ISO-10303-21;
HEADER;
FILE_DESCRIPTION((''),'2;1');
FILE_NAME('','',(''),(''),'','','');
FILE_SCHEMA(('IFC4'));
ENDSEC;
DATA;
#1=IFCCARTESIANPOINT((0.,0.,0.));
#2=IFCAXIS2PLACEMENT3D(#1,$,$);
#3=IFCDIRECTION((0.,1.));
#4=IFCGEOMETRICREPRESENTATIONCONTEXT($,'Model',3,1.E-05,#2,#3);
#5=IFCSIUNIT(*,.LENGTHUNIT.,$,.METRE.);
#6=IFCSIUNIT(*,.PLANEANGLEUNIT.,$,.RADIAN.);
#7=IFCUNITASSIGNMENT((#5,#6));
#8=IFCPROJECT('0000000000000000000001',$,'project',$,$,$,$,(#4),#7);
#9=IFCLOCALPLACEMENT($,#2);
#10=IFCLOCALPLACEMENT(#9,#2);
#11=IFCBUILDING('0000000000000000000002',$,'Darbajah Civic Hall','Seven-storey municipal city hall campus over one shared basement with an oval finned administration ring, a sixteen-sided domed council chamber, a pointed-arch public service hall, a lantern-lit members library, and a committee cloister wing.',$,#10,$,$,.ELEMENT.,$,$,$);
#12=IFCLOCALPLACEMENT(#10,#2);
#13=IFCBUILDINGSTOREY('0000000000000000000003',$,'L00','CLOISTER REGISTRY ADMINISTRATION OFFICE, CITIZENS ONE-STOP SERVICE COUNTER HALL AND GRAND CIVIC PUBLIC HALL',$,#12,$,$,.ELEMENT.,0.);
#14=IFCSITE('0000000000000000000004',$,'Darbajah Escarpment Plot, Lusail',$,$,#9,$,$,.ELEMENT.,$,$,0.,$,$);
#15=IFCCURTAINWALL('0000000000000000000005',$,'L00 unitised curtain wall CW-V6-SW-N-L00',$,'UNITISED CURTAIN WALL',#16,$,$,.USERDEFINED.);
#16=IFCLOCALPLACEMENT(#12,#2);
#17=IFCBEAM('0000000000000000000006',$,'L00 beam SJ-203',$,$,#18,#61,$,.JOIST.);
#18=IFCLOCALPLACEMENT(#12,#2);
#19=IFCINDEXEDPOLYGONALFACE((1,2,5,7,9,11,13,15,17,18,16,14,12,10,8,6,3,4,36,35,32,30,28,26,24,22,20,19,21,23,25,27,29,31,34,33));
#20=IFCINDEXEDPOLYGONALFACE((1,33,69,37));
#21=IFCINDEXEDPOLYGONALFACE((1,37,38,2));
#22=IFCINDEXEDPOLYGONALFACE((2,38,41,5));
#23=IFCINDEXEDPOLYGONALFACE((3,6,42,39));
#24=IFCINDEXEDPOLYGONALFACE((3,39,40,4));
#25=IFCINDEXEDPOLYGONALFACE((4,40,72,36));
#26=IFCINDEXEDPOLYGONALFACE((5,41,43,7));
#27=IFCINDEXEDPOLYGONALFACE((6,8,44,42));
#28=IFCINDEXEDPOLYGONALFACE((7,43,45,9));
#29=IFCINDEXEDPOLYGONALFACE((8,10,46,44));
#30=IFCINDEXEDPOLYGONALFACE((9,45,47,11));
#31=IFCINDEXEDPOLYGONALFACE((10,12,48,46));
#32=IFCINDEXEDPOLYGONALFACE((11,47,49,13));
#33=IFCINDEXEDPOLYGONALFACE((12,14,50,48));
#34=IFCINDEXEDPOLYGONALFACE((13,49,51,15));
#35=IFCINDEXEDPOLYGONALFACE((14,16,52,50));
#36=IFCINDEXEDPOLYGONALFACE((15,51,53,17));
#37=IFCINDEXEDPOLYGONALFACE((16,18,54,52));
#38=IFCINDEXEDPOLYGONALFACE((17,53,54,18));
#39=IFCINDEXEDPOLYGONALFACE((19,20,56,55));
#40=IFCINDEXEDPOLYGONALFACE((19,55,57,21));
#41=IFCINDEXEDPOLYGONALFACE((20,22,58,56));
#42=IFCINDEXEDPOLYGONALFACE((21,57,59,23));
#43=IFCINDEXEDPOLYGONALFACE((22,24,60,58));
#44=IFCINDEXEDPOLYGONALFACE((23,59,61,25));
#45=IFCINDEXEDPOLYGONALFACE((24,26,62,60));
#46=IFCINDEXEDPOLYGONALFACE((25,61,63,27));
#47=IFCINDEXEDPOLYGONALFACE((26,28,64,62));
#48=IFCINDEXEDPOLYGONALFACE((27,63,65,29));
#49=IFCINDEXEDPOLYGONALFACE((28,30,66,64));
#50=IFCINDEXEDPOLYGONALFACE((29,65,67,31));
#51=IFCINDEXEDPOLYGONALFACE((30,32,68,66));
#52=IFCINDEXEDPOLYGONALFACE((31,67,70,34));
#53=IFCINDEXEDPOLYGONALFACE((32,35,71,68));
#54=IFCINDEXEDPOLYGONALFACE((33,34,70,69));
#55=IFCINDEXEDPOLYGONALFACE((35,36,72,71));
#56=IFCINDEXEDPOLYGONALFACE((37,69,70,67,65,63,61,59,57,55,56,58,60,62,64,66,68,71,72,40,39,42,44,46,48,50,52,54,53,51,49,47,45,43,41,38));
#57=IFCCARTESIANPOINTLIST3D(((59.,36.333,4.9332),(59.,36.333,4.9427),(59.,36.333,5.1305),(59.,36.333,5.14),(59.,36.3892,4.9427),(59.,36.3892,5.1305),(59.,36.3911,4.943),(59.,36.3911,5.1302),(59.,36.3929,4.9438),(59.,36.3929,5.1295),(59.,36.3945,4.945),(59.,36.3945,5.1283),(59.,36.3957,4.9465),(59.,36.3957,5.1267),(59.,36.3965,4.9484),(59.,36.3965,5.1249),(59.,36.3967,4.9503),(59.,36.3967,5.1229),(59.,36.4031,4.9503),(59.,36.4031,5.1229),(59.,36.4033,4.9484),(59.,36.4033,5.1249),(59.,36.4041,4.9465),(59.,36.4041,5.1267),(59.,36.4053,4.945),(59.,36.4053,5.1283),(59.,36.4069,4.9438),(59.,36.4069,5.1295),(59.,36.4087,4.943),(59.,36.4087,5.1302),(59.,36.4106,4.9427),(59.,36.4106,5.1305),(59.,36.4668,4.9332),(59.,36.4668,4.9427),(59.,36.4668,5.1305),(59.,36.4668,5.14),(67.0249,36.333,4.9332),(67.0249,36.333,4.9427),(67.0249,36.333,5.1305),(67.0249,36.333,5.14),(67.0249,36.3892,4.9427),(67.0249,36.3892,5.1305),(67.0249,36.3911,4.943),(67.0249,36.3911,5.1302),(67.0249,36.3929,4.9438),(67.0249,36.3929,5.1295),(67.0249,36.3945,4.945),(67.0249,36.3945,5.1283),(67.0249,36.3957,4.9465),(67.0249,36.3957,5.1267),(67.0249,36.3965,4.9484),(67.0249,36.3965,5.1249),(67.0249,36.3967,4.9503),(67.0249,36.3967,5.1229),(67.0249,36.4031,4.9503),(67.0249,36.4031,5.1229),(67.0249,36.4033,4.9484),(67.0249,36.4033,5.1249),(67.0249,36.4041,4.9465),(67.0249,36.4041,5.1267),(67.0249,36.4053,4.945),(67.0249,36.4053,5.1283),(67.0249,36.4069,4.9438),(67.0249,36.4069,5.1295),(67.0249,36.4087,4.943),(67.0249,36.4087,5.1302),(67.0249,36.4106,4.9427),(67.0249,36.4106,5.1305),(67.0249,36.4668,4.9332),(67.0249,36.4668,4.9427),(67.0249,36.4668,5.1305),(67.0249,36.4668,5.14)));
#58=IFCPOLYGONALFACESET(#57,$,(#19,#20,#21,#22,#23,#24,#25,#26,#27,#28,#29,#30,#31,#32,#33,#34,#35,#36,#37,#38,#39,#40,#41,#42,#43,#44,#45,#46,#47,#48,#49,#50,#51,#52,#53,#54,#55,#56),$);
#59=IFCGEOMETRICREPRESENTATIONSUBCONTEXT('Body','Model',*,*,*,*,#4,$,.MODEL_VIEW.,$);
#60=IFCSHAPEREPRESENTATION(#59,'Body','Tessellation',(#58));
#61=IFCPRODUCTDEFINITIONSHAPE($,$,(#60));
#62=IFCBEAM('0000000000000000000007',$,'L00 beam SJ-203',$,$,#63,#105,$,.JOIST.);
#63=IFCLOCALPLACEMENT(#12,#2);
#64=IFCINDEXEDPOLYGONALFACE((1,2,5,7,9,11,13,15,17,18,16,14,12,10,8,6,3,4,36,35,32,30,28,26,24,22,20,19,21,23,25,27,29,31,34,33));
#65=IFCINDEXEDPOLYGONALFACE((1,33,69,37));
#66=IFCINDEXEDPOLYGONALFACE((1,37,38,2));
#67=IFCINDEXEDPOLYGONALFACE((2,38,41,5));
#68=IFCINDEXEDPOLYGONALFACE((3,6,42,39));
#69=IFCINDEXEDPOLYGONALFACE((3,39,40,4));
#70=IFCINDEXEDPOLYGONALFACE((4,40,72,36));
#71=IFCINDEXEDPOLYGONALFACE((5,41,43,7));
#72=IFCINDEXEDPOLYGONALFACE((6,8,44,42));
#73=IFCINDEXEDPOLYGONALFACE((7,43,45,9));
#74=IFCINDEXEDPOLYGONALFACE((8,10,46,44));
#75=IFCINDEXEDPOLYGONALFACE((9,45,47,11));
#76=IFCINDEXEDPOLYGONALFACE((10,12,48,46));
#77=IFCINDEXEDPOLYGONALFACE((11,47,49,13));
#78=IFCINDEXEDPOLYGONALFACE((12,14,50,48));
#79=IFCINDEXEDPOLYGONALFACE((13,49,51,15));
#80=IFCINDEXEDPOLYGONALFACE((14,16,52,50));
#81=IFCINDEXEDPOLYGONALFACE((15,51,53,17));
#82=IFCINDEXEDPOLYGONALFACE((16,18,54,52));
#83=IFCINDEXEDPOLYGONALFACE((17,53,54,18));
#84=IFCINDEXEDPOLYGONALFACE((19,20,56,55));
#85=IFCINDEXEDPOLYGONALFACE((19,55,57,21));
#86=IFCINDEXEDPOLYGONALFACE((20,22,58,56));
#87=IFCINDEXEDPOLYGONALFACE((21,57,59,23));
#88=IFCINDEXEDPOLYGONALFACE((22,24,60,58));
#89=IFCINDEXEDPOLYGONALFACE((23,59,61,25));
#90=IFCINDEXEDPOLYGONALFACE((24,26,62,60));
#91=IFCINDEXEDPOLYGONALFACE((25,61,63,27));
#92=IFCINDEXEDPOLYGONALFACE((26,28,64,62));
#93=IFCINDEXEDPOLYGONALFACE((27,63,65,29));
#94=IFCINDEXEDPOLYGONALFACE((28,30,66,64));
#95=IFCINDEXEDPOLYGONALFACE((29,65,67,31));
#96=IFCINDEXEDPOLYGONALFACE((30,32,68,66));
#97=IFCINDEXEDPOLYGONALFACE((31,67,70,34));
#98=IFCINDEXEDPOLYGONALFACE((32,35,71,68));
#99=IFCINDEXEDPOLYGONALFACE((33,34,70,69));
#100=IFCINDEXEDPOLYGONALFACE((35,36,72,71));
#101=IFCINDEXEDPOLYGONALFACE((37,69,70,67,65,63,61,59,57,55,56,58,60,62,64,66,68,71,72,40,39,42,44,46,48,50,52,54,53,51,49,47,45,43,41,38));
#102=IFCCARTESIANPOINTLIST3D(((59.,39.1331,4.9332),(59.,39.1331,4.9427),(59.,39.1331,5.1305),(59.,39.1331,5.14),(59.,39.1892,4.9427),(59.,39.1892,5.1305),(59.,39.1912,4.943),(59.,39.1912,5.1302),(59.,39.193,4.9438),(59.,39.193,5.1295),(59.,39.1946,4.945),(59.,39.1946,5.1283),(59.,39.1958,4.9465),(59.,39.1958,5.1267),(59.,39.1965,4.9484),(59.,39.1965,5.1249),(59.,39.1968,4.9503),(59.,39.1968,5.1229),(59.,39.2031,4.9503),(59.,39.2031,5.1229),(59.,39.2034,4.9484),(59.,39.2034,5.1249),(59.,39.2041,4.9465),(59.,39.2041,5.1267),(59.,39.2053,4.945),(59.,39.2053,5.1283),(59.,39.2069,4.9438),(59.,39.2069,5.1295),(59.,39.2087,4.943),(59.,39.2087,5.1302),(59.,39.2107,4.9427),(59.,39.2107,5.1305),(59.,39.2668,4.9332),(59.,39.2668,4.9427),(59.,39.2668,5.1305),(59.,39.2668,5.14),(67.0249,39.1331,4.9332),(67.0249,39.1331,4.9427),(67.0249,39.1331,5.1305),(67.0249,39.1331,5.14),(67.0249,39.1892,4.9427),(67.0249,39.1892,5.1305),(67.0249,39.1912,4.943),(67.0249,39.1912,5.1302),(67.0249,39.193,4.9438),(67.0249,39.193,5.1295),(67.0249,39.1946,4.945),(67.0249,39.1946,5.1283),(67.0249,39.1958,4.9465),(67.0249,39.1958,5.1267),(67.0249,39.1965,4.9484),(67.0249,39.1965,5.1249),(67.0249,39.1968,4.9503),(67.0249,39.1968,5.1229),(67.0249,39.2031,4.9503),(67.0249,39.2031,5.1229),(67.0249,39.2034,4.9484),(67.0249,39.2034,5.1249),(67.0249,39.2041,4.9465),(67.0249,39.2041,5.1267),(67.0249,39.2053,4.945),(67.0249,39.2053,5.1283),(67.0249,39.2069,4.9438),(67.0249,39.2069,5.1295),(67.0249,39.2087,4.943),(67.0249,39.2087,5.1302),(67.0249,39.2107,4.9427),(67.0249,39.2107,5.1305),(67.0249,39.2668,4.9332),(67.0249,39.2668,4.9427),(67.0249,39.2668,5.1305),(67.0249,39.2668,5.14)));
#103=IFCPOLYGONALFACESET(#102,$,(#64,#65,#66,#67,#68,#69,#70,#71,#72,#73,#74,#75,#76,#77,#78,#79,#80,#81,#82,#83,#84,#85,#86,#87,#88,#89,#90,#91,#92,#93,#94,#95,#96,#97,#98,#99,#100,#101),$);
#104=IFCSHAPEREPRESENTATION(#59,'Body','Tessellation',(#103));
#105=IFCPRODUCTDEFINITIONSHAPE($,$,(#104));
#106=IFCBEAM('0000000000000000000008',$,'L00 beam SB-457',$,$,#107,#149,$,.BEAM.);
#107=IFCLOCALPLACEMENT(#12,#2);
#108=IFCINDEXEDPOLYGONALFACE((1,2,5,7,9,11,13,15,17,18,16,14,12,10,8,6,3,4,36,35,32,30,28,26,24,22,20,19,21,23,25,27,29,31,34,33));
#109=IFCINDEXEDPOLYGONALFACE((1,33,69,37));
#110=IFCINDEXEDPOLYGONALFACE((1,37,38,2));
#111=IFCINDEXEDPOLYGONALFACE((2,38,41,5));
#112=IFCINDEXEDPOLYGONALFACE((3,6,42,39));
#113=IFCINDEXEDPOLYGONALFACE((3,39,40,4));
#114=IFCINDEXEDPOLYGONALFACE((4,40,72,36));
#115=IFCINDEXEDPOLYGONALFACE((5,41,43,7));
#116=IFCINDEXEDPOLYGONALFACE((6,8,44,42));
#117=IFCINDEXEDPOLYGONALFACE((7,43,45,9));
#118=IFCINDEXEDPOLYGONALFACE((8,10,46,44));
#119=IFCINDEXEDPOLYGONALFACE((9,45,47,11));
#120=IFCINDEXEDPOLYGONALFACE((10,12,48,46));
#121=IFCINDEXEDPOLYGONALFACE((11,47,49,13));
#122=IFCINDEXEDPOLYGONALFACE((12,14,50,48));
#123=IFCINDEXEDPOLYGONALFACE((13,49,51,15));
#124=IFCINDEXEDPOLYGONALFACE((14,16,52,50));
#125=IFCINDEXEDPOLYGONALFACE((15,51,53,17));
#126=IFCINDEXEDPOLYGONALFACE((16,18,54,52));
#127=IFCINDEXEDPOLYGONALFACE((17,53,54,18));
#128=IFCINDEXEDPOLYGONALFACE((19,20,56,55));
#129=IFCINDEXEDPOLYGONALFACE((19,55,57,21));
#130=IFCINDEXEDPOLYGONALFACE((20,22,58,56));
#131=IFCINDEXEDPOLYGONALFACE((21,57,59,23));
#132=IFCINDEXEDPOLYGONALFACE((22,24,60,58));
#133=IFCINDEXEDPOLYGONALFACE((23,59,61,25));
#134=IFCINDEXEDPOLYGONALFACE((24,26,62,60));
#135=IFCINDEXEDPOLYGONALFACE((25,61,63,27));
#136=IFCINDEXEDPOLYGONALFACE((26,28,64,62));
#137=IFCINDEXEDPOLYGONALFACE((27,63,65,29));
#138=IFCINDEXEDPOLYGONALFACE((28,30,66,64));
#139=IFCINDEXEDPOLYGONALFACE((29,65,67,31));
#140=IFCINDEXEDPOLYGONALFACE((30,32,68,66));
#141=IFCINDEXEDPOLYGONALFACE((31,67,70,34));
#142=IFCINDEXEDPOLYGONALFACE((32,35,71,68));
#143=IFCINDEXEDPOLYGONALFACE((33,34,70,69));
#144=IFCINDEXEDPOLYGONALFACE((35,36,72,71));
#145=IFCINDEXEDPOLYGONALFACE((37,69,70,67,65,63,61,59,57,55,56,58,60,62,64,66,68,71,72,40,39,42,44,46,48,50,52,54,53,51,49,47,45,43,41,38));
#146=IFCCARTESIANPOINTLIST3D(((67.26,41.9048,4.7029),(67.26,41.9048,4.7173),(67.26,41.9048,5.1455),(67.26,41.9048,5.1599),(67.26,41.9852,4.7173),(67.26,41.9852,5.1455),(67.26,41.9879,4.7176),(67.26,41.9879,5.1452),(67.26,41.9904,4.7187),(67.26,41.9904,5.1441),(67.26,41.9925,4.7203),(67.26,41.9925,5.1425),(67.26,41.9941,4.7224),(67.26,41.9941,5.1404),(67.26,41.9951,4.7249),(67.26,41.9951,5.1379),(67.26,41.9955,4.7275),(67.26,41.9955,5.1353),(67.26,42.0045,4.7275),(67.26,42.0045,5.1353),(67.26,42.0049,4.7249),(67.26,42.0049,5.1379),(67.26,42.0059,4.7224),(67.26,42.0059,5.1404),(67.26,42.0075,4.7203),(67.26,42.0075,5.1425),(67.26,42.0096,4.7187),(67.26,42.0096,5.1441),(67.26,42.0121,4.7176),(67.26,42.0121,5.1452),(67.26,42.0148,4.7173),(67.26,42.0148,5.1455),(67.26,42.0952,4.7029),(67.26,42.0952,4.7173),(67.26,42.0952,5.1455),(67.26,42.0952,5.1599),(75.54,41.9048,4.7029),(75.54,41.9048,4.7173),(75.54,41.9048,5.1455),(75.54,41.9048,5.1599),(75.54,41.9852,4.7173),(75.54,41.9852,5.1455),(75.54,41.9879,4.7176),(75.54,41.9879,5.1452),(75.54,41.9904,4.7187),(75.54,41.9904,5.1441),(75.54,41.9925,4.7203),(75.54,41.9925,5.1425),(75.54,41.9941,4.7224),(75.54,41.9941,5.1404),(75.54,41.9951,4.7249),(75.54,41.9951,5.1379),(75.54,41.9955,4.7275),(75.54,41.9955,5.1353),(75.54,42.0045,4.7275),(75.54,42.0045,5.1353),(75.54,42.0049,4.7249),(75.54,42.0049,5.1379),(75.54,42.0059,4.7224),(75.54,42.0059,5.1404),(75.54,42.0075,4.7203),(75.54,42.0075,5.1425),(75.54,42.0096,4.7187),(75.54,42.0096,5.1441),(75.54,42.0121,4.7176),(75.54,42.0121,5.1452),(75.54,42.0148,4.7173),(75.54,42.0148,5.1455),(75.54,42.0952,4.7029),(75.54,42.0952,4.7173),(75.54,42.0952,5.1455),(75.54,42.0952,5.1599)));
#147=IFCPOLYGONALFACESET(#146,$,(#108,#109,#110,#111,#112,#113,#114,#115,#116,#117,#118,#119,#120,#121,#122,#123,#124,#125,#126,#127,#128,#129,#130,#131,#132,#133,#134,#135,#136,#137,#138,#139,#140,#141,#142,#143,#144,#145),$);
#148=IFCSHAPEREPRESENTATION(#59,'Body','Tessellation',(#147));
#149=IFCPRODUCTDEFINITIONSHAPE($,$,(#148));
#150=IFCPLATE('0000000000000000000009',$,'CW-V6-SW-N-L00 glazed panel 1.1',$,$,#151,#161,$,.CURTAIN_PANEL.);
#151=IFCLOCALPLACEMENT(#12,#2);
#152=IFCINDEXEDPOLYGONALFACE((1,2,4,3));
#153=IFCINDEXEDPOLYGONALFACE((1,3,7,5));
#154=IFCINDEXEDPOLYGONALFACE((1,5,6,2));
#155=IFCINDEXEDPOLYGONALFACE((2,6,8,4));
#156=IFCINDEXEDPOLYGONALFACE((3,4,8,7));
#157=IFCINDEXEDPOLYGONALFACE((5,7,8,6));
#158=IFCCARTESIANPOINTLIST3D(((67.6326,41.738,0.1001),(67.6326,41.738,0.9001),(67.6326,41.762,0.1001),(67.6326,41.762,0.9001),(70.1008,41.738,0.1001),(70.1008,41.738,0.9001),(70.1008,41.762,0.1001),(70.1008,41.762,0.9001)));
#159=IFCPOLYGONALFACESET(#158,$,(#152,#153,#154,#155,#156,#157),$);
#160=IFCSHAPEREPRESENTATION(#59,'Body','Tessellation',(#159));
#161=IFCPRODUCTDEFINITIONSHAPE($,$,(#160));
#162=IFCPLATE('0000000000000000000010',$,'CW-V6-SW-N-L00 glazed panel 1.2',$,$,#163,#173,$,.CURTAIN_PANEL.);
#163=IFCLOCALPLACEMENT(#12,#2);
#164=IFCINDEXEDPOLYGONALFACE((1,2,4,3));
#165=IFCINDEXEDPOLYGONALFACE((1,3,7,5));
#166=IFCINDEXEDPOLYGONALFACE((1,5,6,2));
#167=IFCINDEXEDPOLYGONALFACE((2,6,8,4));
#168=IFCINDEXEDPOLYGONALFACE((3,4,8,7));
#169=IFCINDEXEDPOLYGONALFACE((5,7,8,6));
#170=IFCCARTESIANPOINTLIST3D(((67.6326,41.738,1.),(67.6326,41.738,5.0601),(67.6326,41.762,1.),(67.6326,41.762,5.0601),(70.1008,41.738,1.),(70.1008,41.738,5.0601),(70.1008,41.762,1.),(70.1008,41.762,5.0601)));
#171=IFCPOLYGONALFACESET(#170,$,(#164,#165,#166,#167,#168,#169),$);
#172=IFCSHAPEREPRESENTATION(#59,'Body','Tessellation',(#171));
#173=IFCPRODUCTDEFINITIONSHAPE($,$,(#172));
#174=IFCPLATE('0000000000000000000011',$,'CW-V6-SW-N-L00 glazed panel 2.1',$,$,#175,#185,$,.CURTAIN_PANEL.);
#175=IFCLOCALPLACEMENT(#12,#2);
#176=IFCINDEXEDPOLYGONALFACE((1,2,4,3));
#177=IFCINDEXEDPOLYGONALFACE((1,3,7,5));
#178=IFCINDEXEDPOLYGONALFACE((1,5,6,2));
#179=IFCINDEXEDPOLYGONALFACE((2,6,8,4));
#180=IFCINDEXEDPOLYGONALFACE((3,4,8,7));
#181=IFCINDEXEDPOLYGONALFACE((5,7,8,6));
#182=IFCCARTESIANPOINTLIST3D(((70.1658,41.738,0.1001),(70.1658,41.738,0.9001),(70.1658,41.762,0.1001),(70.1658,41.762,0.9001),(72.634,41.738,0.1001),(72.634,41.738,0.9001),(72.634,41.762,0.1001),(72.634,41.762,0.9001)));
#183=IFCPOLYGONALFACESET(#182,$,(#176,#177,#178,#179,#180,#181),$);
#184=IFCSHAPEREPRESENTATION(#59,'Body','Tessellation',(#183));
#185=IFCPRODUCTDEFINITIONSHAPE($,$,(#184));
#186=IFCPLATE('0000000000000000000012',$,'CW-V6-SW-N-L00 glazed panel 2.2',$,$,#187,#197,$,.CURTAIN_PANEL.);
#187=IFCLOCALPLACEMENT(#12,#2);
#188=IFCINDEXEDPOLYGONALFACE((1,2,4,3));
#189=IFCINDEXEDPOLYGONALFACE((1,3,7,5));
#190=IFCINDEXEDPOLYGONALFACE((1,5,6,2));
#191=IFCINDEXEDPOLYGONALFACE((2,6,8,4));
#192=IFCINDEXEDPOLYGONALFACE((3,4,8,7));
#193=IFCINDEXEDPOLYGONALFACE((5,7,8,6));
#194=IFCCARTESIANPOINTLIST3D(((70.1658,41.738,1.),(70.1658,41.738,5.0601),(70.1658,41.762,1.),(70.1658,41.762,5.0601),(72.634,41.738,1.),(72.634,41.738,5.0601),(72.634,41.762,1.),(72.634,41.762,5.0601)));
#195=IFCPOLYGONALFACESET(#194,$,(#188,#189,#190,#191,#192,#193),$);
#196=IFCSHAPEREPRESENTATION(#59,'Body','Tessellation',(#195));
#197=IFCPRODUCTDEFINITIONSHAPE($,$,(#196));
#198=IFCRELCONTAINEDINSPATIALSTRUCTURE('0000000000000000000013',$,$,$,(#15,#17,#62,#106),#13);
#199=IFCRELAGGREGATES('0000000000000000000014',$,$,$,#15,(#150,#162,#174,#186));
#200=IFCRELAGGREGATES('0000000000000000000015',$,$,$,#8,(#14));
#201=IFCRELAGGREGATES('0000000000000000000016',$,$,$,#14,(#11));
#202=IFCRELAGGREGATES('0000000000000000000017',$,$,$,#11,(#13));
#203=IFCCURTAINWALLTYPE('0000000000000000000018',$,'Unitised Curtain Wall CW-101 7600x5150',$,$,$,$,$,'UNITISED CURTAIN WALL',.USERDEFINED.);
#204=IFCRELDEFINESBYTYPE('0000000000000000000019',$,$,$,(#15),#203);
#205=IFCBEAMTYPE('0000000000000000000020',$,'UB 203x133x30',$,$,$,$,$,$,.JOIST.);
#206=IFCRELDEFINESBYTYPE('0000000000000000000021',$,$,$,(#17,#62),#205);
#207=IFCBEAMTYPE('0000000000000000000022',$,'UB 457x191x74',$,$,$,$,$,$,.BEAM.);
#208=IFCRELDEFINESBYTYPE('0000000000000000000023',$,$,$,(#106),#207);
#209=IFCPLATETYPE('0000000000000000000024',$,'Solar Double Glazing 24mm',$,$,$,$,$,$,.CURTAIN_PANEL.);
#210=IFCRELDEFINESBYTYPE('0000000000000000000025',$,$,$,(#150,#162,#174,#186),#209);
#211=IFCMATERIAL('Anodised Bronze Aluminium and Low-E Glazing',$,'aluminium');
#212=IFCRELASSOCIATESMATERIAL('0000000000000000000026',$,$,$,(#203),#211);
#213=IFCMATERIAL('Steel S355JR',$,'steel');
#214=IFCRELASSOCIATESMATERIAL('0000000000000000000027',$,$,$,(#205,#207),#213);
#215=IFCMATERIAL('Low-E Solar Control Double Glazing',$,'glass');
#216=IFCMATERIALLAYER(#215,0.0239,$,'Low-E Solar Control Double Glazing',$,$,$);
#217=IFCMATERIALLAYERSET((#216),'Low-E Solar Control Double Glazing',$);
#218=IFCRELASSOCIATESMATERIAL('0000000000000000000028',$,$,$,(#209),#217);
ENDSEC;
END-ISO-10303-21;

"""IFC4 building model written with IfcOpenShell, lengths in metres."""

from ifc_helpers import new_model, si_unit, direction, frame, origin, origin_2d, place, context, subcontext, project, spatial, rectangle, i_section, extrude, material, layer, layer_set, material_profile, profile_set, type_object, element, aggregate, save


model = new_model("IFC4")

# Units and contexts
model_context = context("Model", 3, precision=1e-05, world=origin(), true_north=direction((0.0, 1.0)))
body_context = subcontext(model_context, "Body", "Model", "MODEL_VIEW")
ifc_project = project(units=[si_unit("LENGTHUNIT", "METRE"), si_unit("PLANEANGLEUNIT", "RADIAN")], contexts=[model_context])

# Site, building, storey
site_placement = place(None, origin())
site = spatial("IfcSite", under=ifc_project, at=site_placement, Name="Darbajah Escarpment Plot, Lusail", CompositionType="ELEMENT", RefElevation=0.0)
building_placement = place(site_placement, origin())
building = spatial("IfcBuilding", under=site, at=building_placement, Name="Darbajah Civic Hall", Description="Seven-storey municipal city hall campus over one shared basement with an oval finned administration ring, a sixteen-sided domed council chamber, a pointed-arch public service hall, a lantern-lit members library, and a committee cloister wing.", CompositionType="ELEMENT")
storey_placement = place(building_placement, origin())
storey = spatial("IfcBuildingStorey", under=building, at=storey_placement, Name="L00", Description="CLOISTER REGISTRY ADMINISTRATION OFFICE, CITIZENS ONE-STOP SERVICE COUNTER HALL AND GRAND CIVIC PUBLIC HALL", CompositionType="ELEMENT", Elevation=0.0)

# Curtain wall
ifc_material_1 = material(Name="Anodised Bronze Aluminium and Low-E Glazing", Category="aluminium")
curtain_wall_type = type_object("IfcCurtainWallType", Name="Unitised Curtain Wall CW-101 7600x5150", ElementType="UNITISED CURTAIN WALL", PredefinedType="USERDEFINED", material=ifc_material_1)
curtain_wall_placement = place(storey_placement, origin())
curtain_wall = element("IfcCurtainWall", 1, at=curtain_wall_placement, inside=storey, type_object=curtain_wall_type, Name="L00 unitised curtain wall CW-V6-SW-N-L00", ObjectType="UNITISED CURTAIN WALL", PredefinedType="USERDEFINED")

# Beams
ifc_material_2 = material(Name="Steel S355JR", Category="steel")
ifc_material_profile_1 = material_profile(ifc_material_2, i_section(OverallWidth=0.1338, OverallDepth=0.2068, WebThickness=0.0063, FlangeThickness=0.0095, FilletRadius=0.0076, at=origin_2d()), Name="UB 203x133x30")
ifc_profile_set_1 = profile_set([ifc_material_profile_1], Name="Steel S355JR")
beam_type_1 = type_object("IfcBeamType", Name="UB 203x133x30", PredefinedType="JOIST", material=ifc_profile_set_1)
for number, where, z_axis, x_axis, name in (
    (2, (59.0, 36.3999, 5.0366), (1.0, 0.0, 0.0), (0.0, 1.0, 0.0), "L00 beam SJ-203"),
    (3, (59.0, 39.2, 5.0366), (1.0, 0.0, 0.0), (0.0, 1.0, 0.0), "L00 beam SJ-203"),
):
    element("IfcBeam", number, at=place(storey_placement, frame(where, z_axis=z_axis, x_axis=x_axis)), inside=storey, type_object=beam_type_1, Name=name, PredefinedType="JOIST", context=body_context, shape_type="SweptSolid", body=[
        extrude(i_section(OverallWidth=0.1338, OverallDepth=0.2068, WebThickness=0.0063, FlangeThickness=0.0095, FilletRadius=0.0076, at=origin_2d()), origin(), (0.0, 0.0, 1.0), 8.0249),
    ])
ifc_material_profile_2 = material_profile(ifc_material_2, i_section(OverallWidth=0.1904, OverallDepth=0.457, WebThickness=0.009, FlangeThickness=0.0144, FilletRadius=0.0103, at=origin_2d()), Name="UB 457x191x74")
ifc_profile_set_2 = profile_set([ifc_material_profile_2], Name="Steel S355JR")
beam_type_2 = type_object("IfcBeamType", Name="UB 457x191x74", PredefinedType="BEAM", material=ifc_profile_set_2)
beam_1_placement = place(storey_placement, frame((67.26, 42.0, 4.9314), z_axis=(1.0, 0.0, 0.0), x_axis=(0.0, 1.0, 0.0)))
element("IfcBeam", 4, at=beam_1_placement, inside=storey, type_object=beam_type_2, Name="L00 beam SB-457", PredefinedType="BEAM", context=body_context, shape_type="SweptSolid", body=[
    extrude(i_section(OverallWidth=0.1904, OverallDepth=0.457, WebThickness=0.009, FlangeThickness=0.0144, FilletRadius=0.0103, at=origin_2d()), origin(), (0.0, 0.0, 1.0), 8.28),
])

# Plates
ifc_material_3 = material(Name="Low-E Solar Control Double Glazing", Category="glass")
ifc_layer_1 = layer(ifc_material_3, 0.0239, Name="Low-E Solar Control Double Glazing")
ifc_layer_set_1 = layer_set([ifc_layer_1], Name="Low-E Solar Control Double Glazing")
plate_type = type_object("IfcPlateType", Name="Solar Double Glazing 24mm", PredefinedType="CURTAIN_PANEL", material=ifc_layer_set_1)
plate_1_placement = place(storey_placement, frame((68.8667, 41.75, 0.1001), z_axis=(0.0, 0.0, 1.0), x_axis=(1.0, 0.0, 0.0)))
plate_1 = element("IfcPlate", 5, at=plate_1_placement, type_object=plate_type, Name="CW-V6-SW-N-L00 glazed panel 1.1", PredefinedType="CURTAIN_PANEL", context=body_context, shape_type="SweptSolid", body=[
    extrude(rectangle(XDim=2.4683, YDim=0.0239, at=origin_2d()), origin(), (0.0, 0.0, 1.0), 0.8),
])
plate_2_placement = place(storey_placement, frame((68.8667, 41.75, 1.0), z_axis=(0.0, 0.0, 1.0), x_axis=(1.0, 0.0, 0.0)))
plate_2 = element("IfcPlate", 6, at=plate_2_placement, type_object=plate_type, Name="CW-V6-SW-N-L00 glazed panel 1.2", PredefinedType="CURTAIN_PANEL", context=body_context, shape_type="SweptSolid", body=[
    extrude(rectangle(XDim=2.4683, YDim=0.0239, at=origin_2d()), origin(), (0.0, 0.0, 1.0), 4.0601),
])
plate_3_placement = place(storey_placement, frame((71.3999, 41.75, 0.1001), z_axis=(0.0, 0.0, 1.0), x_axis=(1.0, 0.0, 0.0)))
plate_3 = element("IfcPlate", 7, at=plate_3_placement, type_object=plate_type, Name="CW-V6-SW-N-L00 glazed panel 2.1", PredefinedType="CURTAIN_PANEL", context=body_context, shape_type="SweptSolid", body=[
    extrude(rectangle(XDim=2.4683, YDim=0.0239, at=origin_2d()), origin(), (0.0, 0.0, 1.0), 0.8),
])
plate_4_placement = place(storey_placement, frame((71.3999, 41.75, 1.0), z_axis=(0.0, 0.0, 1.0), x_axis=(1.0, 0.0, 0.0)))
plate_4 = element("IfcPlate", 8, at=plate_4_placement, type_object=plate_type, Name="CW-V6-SW-N-L00 glazed panel 2.2", PredefinedType="CURTAIN_PANEL", context=body_context, shape_type="SweptSolid", body=[
    extrude(rectangle(XDim=2.4683, YDim=0.0239, at=origin_2d()), origin(), (0.0, 0.0, 1.0), 4.0601),
])
aggregate(curtain_wall, [plate_1, plate_2, plate_3, plate_4])

save(model, "model.ifc")
